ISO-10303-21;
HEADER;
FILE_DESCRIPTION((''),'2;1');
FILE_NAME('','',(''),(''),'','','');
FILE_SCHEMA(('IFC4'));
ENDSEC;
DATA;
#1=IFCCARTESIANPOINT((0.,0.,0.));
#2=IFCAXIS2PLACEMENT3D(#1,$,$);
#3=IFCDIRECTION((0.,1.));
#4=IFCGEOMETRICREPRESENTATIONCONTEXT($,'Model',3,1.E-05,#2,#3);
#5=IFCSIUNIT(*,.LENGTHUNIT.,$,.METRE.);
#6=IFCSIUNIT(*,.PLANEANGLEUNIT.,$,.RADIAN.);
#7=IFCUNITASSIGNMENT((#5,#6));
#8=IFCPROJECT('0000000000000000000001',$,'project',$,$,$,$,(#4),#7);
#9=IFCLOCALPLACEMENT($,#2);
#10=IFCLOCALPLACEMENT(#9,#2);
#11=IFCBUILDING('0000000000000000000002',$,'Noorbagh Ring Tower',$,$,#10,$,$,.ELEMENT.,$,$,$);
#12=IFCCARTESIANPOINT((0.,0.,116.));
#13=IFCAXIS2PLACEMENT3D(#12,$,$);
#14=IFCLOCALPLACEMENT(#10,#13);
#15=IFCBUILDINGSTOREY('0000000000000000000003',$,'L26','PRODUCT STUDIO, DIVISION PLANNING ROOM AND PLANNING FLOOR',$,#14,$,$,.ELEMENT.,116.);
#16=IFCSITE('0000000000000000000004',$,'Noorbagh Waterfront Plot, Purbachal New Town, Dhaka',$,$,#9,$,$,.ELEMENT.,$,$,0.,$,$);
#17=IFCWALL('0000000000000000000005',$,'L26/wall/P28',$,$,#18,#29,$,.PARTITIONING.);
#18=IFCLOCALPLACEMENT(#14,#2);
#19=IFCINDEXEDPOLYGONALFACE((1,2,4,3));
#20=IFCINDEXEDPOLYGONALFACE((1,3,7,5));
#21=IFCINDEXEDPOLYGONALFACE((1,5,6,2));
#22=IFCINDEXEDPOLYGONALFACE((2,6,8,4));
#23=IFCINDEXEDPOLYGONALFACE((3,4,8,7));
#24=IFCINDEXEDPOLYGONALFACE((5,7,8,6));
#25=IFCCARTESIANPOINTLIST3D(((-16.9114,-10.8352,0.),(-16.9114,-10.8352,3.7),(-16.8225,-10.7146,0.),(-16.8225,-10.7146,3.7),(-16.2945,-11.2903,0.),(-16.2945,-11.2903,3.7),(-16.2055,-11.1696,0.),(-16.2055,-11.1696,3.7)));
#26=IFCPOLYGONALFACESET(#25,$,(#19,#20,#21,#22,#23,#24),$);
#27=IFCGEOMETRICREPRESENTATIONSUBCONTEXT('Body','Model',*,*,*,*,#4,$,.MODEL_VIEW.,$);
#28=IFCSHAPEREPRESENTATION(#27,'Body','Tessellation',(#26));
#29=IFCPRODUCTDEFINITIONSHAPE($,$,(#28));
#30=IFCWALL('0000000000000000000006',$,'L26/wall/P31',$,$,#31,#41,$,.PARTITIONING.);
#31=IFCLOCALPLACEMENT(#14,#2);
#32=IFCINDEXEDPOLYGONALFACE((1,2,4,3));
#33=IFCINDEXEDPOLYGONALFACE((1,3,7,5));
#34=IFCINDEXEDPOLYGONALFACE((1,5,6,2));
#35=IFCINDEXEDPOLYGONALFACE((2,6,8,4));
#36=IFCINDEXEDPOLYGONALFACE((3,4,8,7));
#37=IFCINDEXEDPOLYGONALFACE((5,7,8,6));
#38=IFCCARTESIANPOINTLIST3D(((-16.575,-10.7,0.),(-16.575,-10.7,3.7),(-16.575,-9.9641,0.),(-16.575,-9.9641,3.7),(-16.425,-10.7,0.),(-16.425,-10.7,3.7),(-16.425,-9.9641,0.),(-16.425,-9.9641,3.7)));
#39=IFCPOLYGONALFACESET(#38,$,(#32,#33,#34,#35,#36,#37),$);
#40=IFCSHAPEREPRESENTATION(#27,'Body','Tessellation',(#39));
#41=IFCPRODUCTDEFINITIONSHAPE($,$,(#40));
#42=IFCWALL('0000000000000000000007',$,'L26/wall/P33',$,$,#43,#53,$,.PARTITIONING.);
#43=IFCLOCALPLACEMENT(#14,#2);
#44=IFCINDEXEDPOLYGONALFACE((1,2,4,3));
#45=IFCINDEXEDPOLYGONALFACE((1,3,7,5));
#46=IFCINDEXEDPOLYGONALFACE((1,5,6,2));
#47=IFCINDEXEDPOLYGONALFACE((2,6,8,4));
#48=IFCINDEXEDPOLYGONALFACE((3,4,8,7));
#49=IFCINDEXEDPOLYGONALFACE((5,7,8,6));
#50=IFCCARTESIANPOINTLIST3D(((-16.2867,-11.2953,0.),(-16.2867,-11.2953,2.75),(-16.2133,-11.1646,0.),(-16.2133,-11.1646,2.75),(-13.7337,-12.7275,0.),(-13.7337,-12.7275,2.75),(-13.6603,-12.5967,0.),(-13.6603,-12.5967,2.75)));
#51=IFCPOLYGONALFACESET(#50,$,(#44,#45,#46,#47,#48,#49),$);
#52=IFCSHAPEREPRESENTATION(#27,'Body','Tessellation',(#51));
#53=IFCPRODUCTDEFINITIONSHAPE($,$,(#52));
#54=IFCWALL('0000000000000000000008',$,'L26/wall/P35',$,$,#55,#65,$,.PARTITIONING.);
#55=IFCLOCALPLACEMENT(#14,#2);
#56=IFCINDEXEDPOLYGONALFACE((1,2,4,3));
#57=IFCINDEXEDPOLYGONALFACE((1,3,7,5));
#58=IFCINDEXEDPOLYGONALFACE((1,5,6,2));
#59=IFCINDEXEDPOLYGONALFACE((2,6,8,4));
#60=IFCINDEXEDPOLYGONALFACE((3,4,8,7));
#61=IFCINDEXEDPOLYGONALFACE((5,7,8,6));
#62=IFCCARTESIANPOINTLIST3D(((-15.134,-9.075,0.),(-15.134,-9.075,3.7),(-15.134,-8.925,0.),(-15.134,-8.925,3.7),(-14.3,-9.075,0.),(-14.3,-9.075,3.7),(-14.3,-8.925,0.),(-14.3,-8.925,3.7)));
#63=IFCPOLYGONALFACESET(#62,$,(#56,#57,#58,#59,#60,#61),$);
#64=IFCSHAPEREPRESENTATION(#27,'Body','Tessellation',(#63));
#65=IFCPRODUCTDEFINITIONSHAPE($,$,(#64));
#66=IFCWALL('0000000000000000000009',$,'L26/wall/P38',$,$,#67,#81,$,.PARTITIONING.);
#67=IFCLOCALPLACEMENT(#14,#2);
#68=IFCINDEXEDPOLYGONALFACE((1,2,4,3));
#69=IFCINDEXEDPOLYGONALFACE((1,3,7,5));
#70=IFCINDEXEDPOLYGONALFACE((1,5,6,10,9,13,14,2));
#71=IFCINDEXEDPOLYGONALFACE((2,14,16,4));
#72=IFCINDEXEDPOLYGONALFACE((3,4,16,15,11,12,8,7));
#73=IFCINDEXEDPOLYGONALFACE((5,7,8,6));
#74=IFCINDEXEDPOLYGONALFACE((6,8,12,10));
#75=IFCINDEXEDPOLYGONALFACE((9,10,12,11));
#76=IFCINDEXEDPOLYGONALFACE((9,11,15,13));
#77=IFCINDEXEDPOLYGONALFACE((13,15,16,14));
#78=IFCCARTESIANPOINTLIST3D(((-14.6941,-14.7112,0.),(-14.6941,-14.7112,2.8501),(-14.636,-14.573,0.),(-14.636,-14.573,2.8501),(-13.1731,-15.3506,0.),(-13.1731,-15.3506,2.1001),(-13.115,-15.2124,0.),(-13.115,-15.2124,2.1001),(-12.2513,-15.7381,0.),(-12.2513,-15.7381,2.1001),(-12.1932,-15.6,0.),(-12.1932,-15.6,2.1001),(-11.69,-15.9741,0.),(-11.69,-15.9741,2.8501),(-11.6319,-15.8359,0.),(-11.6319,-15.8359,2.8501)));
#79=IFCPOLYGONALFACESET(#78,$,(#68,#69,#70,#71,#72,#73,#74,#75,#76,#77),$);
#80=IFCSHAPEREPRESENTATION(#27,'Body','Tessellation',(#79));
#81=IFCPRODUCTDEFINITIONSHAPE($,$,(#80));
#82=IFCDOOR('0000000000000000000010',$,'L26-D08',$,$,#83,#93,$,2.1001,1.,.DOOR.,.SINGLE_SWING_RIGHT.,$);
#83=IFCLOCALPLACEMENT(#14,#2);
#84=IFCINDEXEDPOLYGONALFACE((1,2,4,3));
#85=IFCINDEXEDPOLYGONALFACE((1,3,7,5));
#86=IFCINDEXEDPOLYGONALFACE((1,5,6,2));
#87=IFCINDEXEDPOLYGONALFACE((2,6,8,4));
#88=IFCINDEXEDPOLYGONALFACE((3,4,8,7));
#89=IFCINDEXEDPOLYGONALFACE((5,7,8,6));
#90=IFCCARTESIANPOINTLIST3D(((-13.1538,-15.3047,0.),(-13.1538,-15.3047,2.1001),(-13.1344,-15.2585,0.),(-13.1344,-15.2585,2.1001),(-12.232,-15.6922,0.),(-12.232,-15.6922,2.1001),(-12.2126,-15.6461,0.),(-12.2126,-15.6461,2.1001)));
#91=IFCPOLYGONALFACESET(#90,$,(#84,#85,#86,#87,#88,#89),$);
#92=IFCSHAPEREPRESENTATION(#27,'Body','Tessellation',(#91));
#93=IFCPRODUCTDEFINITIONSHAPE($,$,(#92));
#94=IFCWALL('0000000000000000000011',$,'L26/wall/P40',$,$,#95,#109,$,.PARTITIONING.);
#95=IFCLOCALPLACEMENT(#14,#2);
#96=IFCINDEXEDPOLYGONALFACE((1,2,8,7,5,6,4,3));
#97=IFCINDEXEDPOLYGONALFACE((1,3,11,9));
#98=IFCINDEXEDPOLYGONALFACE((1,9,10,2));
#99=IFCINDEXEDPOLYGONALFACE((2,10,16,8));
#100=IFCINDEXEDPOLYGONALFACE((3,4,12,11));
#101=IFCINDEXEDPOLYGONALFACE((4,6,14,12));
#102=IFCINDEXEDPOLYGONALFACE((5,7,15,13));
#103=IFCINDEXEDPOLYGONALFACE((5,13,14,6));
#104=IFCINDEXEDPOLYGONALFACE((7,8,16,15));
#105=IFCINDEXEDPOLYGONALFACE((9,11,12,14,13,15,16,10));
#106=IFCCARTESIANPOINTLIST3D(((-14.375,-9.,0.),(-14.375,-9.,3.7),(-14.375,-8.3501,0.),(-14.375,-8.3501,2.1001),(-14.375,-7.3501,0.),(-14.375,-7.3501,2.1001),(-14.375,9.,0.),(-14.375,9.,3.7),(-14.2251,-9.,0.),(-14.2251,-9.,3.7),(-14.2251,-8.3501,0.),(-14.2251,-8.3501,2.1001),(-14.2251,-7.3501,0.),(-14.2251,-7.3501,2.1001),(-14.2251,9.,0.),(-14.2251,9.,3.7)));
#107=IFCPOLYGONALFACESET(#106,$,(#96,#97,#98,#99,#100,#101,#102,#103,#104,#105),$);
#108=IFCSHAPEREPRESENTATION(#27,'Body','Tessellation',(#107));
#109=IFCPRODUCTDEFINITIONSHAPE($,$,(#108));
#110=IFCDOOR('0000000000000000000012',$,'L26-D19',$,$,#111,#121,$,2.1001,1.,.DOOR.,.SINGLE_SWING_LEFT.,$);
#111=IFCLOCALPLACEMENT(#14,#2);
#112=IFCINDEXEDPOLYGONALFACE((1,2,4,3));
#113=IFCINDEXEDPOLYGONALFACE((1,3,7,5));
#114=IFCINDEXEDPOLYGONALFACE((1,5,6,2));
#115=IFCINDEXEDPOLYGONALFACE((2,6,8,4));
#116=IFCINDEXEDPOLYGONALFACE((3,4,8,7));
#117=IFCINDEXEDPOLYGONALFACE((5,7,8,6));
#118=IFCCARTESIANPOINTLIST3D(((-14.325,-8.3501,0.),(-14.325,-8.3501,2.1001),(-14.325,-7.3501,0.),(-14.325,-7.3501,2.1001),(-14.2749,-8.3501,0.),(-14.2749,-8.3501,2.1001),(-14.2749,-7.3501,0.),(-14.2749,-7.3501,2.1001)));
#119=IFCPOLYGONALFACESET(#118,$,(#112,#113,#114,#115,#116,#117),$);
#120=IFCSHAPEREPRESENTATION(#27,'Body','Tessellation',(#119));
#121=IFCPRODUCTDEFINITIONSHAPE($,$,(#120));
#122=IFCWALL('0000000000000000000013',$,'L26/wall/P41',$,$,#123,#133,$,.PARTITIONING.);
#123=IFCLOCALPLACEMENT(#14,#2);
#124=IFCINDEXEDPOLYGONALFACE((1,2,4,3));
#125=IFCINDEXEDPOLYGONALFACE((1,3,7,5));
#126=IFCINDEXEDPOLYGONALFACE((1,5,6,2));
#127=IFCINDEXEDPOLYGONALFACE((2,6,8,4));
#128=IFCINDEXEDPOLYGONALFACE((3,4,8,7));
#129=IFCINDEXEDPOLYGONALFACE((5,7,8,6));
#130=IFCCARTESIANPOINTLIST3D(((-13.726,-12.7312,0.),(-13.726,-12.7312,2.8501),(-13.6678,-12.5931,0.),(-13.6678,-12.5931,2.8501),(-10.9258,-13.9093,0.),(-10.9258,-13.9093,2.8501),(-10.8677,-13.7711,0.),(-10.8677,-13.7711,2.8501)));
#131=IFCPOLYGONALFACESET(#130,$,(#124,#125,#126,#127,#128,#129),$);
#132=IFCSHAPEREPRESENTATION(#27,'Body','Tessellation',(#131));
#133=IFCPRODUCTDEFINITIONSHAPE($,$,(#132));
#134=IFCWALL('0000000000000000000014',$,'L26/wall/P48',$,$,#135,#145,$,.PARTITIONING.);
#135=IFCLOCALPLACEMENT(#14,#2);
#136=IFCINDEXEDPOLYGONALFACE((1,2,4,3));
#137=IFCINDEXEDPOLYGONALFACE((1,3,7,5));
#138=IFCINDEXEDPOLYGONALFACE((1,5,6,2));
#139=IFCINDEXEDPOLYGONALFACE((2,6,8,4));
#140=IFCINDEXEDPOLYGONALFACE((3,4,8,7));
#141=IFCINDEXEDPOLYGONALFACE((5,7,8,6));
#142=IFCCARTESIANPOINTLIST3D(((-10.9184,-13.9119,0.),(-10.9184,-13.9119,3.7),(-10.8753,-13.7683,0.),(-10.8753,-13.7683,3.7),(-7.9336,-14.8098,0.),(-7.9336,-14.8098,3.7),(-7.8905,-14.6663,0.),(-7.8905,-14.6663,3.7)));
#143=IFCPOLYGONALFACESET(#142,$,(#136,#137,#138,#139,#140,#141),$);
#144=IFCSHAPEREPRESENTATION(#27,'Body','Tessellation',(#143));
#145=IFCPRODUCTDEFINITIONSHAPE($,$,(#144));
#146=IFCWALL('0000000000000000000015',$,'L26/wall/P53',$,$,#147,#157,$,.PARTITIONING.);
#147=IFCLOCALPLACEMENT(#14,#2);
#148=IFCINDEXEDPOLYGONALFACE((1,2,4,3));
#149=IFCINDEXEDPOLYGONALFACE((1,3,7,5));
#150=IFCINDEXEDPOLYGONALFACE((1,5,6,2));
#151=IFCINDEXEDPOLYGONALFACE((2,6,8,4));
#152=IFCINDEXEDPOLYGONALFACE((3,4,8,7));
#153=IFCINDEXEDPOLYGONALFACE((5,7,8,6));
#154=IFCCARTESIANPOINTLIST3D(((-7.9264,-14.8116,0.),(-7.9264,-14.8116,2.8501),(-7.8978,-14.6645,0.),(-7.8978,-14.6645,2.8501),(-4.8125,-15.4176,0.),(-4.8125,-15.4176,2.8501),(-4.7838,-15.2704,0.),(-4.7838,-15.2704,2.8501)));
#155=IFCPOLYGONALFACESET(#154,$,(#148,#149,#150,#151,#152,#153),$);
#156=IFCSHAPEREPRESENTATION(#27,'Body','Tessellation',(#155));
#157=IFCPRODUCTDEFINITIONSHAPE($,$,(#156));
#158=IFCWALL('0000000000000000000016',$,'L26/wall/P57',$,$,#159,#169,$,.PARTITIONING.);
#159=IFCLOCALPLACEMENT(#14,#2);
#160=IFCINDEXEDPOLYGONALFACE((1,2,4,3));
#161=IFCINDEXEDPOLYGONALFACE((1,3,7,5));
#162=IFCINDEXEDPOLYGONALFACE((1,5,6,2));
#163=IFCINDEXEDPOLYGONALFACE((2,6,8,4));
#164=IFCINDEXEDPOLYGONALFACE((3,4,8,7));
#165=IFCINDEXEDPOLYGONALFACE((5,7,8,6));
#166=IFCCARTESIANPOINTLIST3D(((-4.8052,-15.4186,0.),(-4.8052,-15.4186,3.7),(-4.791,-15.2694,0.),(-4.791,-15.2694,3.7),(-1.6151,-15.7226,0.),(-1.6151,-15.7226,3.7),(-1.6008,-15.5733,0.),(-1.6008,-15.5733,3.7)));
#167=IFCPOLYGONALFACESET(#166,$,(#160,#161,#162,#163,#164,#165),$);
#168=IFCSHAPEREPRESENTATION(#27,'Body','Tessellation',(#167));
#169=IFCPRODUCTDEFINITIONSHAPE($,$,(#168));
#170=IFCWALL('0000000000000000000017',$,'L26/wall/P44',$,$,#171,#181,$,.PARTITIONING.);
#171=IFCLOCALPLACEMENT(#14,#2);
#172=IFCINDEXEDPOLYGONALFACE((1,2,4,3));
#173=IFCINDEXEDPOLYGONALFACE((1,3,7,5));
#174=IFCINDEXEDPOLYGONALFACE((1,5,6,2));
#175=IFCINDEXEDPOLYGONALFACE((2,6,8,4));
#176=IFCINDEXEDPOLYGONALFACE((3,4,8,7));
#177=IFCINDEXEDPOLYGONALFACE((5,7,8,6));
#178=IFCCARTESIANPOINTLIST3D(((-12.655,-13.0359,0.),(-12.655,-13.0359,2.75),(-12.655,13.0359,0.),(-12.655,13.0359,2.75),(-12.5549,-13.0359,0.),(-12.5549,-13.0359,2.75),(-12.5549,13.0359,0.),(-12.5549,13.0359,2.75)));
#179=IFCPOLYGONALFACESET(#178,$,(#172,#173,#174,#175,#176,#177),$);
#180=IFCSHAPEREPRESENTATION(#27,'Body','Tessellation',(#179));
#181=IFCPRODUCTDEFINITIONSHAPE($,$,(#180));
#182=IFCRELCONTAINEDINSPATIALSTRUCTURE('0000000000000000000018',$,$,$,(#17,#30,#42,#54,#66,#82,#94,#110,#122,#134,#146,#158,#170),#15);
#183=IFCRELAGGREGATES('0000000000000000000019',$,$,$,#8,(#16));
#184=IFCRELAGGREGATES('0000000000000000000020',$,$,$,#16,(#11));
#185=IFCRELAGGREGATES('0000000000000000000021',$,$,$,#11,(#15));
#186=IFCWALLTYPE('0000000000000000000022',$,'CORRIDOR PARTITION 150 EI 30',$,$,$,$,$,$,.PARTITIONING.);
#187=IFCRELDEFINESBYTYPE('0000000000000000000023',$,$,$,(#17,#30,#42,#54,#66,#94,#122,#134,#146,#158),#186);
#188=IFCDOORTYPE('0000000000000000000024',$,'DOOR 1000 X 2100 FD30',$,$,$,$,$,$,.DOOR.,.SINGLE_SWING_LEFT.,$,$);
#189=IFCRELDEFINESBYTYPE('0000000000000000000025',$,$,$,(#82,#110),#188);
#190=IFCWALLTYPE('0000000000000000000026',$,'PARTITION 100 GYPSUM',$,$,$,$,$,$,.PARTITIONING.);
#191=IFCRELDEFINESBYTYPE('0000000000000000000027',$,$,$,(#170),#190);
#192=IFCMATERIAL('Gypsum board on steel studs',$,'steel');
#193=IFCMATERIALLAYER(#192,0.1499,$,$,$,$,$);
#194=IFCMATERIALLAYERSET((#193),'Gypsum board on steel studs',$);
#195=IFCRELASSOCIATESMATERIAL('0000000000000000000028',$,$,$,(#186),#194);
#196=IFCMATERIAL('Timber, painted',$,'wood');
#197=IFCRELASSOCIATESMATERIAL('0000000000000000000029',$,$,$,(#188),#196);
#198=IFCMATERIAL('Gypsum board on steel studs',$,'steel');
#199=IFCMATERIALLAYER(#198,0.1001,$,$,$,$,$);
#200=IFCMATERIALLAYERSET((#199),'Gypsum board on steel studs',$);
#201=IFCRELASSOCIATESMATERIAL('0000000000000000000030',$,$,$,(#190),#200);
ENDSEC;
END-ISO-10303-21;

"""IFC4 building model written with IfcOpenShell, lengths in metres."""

from ifc_helpers import new_model, si_unit, direction, frame, frame_2d, origin, place, context, subcontext, project, spatial, rectangle, extrude, material, layer, layer_set, type_object, element, fill, save


model = new_model("IFC4")

# Units and contexts
model_context = context("Model", 3, precision=1e-05, world=origin(), true_north=direction((0.0, 1.0)))
body_context = subcontext(model_context, "Body", "Model", "MODEL_VIEW")
ifc_project = project(units=[si_unit("LENGTHUNIT", "METRE"), si_unit("PLANEANGLEUNIT", "RADIAN")], contexts=[model_context])

# Site, building, storey
site_placement = place(None, origin())
site = spatial("IfcSite", under=ifc_project, at=site_placement, Name="Noorbagh Waterfront Plot, Purbachal New Town, Dhaka", CompositionType="ELEMENT", RefElevation=0.0)
building_placement = place(site_placement, origin())
building = spatial("IfcBuilding", under=site, at=building_placement, Name="Noorbagh Ring Tower", CompositionType="ELEMENT")
storey_placement = place(building_placement, frame((0.0, 0.0, 116.0)))
storey = spatial("IfcBuildingStorey", under=building, at=storey_placement, Name="L26", Description="PRODUCT STUDIO, DIVISION PLANNING ROOM AND PLANNING FLOOR", CompositionType="ELEMENT", Elevation=116.0)

# Walls
ifc_material_1 = material(Name="Gypsum board on steel studs", Category="steel")
ifc_layer_1 = layer(ifc_material_1, 0.1499)
ifc_layer_set_1 = layer_set([ifc_layer_1], Name="Gypsum board on steel studs")
wall_type_1 = type_object("IfcWallType", Name="CORRIDOR PARTITION 150 EI 30", PredefinedType="PARTITIONING", material=ifc_layer_set_1)
wall_1_placement = place(storey_placement, frame((-16.8669, -10.7749, 0.0), z_axis=(0.0, 0.0, 1.0), x_axis=(0.804752, -0.593612, 0.0)))
element("IfcWall", 1, at=wall_1_placement, inside=storey, type_object=wall_type_1, Name="L26/wall/P28", PredefinedType="PARTITIONING", context=body_context, shape_type="SweptSolid", body=[
    extrude(rectangle(XDim=0.7666, YDim=0.1499, at=frame_2d((0.3833, 0.0))), origin(), (0.0, 0.0, 1.0), 3.7),
])
wall_2_placement = place(storey_placement, frame((-16.5, -10.7, 0.0), z_axis=(0.0, 0.0, 1.0), x_axis=(0.0, 1.0, 0.0)))
element("IfcWall", 2, at=wall_2_placement, inside=storey, type_object=wall_type_1, Name="L26/wall/P31", PredefinedType="PARTITIONING", context=body_context, shape_type="SweptSolid", body=[
    extrude(rectangle(XDim=0.7358, YDim=0.1499, at=frame_2d((0.3679, 0.0))), origin(), (0.0, 0.0, 1.0), 3.7),
])
wall_3_placement = place(storey_placement, frame((-16.25, -11.23, 0.0), z_axis=(0.0, 0.0, 1.0), x_axis=(0.872147, -0.489243, 0.0)))
element("IfcWall", 3, at=wall_3_placement, inside=storey, type_object=wall_type_1, Name="L26/wall/P33", PredefinedType="PARTITIONING", context=body_context, shape_type="SweptSolid", body=[
    extrude(rectangle(XDim=2.9272, YDim=0.1499, at=frame_2d((1.4636, 0.0))), origin(), (0.0, 0.0, 1.0), 2.75),
])
wall_4_placement = place(storey_placement, frame((-15.134, -9.0, 0.0), z_axis=(0.0, 0.0, 1.0), x_axis=(1.0, 0.0, 0.0)))
element("IfcWall", 4, at=wall_4_placement, inside=storey, type_object=wall_type_1, Name="L26/wall/P35", PredefinedType="PARTITIONING", context=body_context, shape_type="SweptSolid", body=[
    extrude(rectangle(XDim=0.834, YDim=0.1499, at=frame_2d((0.417, 0.0))), origin(), (0.0, 0.0, 1.0), 3.7),
])

# Walls, openings, doors
wall_5_placement = place(storey_placement, frame((-14.665, -14.6421, 0.0), z_axis=(0.0, 0.0, 1.0), x_axis=(0.921851, -0.387545, 0.0)))
wall_5 = element("IfcWall", 5, at=wall_5_placement, inside=storey, type_object=wall_type_1, Name="L26/wall/P38", PredefinedType="PARTITIONING", context=body_context, shape_type="SweptSolid", body=[
    extrude(rectangle(XDim=3.2588, YDim=0.1499, at=frame_2d((1.6294, 0.0))), origin(), (0.0, 0.0, 1.0), 2.8501),
])
opening_1_placement = place(wall_5_placement, frame((1.6499, 0.0, 0.0)))
opening_1 = element("IfcOpeningElement", 6, at=opening_1_placement, cuts=wall_5, PredefinedType="OPENING", context=body_context, shape_type="SweptSolid", body=[
    extrude(rectangle(XDim=1.0, YDim=2.1001, at=frame_2d((0.5, 1.05))), frame((0.0, 0.085, 0.0), z_axis=(0.0, -1.0, 0.0), x_axis=(1.0, 0.0, 0.0)), (0.0, 0.0, 1.0), 0.1699),
])
ifc_material_2 = material(Name="Timber, painted", Category="wood")
door_type_1 = type_object("IfcDoorType", Name="DOOR 1000 X 2100 FD30", OperationType="SINGLE_SWING_LEFT", PredefinedType="DOOR", material=ifc_material_2)
door_1_placement = place(opening_1_placement, origin())
door_1 = element("IfcDoor", 7, at=door_1_placement, inside=storey, type_object=door_type_1, Name="L26-D08", OperationType="SINGLE_SWING_RIGHT", OverallHeight=2.1001, OverallWidth=1.0, PredefinedType="DOOR", context=body_context, shape_type="SweptSolid", body=[
    extrude(rectangle(XDim=1.0, YDim=2.1001, at=frame_2d((0.5, 1.05))), frame((0.0, 0.0249, 0.0), z_axis=(0.0, -1.0, 0.0), x_axis=(1.0, 0.0, 0.0)), (0.0, 0.0, 1.0), 0.05),
])
fill(opening_1, door_1)
wall_6_placement = place(storey_placement, frame((-14.3, -9.0, 0.0), z_axis=(0.0, 0.0, 1.0), x_axis=(0.0, 1.0, 0.0)))
wall_6 = element("IfcWall", 8, at=wall_6_placement, inside=storey, type_object=wall_type_1, Name="L26/wall/P40", PredefinedType="PARTITIONING", context=body_context, shape_type="SweptSolid", body=[
    extrude(rectangle(XDim=18.0, YDim=0.1499, at=frame_2d((9.0, 0.0))), origin(), (0.0, 0.0, 1.0), 3.7),
])
opening_2_placement = place(wall_6_placement, frame((0.6499, 0.0, 0.0)))
opening_2 = element("IfcOpeningElement", 9, at=opening_2_placement, cuts=wall_6, PredefinedType="OPENING", context=body_context, shape_type="SweptSolid", body=[
    extrude(rectangle(XDim=1.0, YDim=2.1001, at=frame_2d((0.5, 1.05))), frame((0.0, 0.085, 0.0), z_axis=(0.0, -1.0, 0.0), x_axis=(1.0, 0.0, 0.0)), (0.0, 0.0, 1.0), 0.1699),
])
door_2_placement = place(opening_2_placement, origin())
door_2 = element("IfcDoor", 10, at=door_2_placement, inside=storey, type_object=door_type_1, Name="L26-D19", OperationType="SINGLE_SWING_LEFT", OverallHeight=2.1001, OverallWidth=1.0, PredefinedType="DOOR", context=body_context, shape_type="SweptSolid", body=[
    extrude(rectangle(XDim=1.0, YDim=2.1001, at=frame_2d((0.5, 1.05))), frame((0.0, 0.0249, 0.0), z_axis=(0.0, -1.0, 0.0), x_axis=(1.0, 0.0, 0.0)), (0.0, 0.0, 1.0), 0.05),
])
fill(opening_2, door_2)

# Walls
wall_7_placement = place(storey_placement, frame((-13.697, -12.6621, 0.0), z_axis=(0.0, 0.0, 1.0), x_axis=(0.921752, -0.38778, 0.0)))
element("IfcWall", 11, at=wall_7_placement, inside=storey, type_object=wall_type_1, Name="L26/wall/P41", PredefinedType="PARTITIONING", context=body_context, shape_type="SweptSolid", body=[
    extrude(rectangle(XDim=3.0378, YDim=0.1499, at=frame_2d((1.519, 0.0))), origin(), (0.0, 0.0, 1.0), 2.8501),
])
wall_8_placement = place(storey_placement, frame((-10.897, -13.8401, 0.0), z_axis=(0.0, 0.0, 1.0), x_axis=(0.957606, -0.288081, 0.0)))
element("IfcWall", 12, at=wall_8_placement, inside=storey, type_object=wall_type_1, Name="L26/wall/P48", PredefinedType="PARTITIONING", context=body_context, shape_type="SweptSolid", body=[
    extrude(rectangle(XDim=3.1169, YDim=0.1499, at=frame_2d((1.5586, 0.0))), origin(), (0.0, 0.0, 1.0), 3.7),
])
wall_9_placement = place(storey_placement, frame((-7.9121, -14.738, 0.0), z_axis=(0.0, 0.0, 1.0), x_axis=(0.981589, -0.191008, 0.0)))
element("IfcWall", 13, at=wall_9_placement, inside=storey, type_object=wall_type_1, Name="L26/wall/P53", PredefinedType="PARTITIONING", context=body_context, shape_type="SweptSolid", body=[
    extrude(rectangle(XDim=3.1724, YDim=0.1499, at=frame_2d((1.5862, 0.0))), origin(), (0.0, 0.0, 1.0), 2.8501),
])
wall_10_placement = place(storey_placement, frame((-4.7981, -15.344, 0.0), z_axis=(0.0, 0.0, 1.0), x_axis=(0.995492, -0.094849, 0.0)))
element("IfcWall", 14, at=wall_10_placement, inside=storey, type_object=wall_type_1, Name="L26/wall/P57", PredefinedType="PARTITIONING", context=body_context, shape_type="SweptSolid", body=[
    extrude(rectangle(XDim=3.2046, YDim=0.1499, at=frame_2d((1.6023, 0.0))), origin(), (0.0, 0.0, 1.0), 3.7),
])
ifc_material_3 = material(Name="Gypsum board on steel studs", Category="steel")
ifc_layer_2 = layer(ifc_material_3, 0.1001)
ifc_layer_set_2 = layer_set([ifc_layer_2], Name="Gypsum board on steel studs")
wall_type_2 = type_object("IfcWallType", Name="PARTITION 100 GYPSUM", PredefinedType="PARTITIONING", material=ifc_layer_set_2)
wall_11_placement = place(storey_placement, frame((-12.605, -13.0359, 0.0), z_axis=(0.0, 0.0, 1.0), x_axis=(0.0, 1.0, 0.0)))
element("IfcWall", 15, at=wall_11_placement, inside=storey, type_object=wall_type_2, Name="L26/wall/P44", PredefinedType="PARTITIONING", context=body_context, shape_type="SweptSolid", body=[
    extrude(rectangle(XDim=26.0718, YDim=0.1001, at=frame_2d((13.0359, 0.0))), origin(), (0.0, 0.0, 1.0), 2.75),
])

save(model, "model.ifc")
